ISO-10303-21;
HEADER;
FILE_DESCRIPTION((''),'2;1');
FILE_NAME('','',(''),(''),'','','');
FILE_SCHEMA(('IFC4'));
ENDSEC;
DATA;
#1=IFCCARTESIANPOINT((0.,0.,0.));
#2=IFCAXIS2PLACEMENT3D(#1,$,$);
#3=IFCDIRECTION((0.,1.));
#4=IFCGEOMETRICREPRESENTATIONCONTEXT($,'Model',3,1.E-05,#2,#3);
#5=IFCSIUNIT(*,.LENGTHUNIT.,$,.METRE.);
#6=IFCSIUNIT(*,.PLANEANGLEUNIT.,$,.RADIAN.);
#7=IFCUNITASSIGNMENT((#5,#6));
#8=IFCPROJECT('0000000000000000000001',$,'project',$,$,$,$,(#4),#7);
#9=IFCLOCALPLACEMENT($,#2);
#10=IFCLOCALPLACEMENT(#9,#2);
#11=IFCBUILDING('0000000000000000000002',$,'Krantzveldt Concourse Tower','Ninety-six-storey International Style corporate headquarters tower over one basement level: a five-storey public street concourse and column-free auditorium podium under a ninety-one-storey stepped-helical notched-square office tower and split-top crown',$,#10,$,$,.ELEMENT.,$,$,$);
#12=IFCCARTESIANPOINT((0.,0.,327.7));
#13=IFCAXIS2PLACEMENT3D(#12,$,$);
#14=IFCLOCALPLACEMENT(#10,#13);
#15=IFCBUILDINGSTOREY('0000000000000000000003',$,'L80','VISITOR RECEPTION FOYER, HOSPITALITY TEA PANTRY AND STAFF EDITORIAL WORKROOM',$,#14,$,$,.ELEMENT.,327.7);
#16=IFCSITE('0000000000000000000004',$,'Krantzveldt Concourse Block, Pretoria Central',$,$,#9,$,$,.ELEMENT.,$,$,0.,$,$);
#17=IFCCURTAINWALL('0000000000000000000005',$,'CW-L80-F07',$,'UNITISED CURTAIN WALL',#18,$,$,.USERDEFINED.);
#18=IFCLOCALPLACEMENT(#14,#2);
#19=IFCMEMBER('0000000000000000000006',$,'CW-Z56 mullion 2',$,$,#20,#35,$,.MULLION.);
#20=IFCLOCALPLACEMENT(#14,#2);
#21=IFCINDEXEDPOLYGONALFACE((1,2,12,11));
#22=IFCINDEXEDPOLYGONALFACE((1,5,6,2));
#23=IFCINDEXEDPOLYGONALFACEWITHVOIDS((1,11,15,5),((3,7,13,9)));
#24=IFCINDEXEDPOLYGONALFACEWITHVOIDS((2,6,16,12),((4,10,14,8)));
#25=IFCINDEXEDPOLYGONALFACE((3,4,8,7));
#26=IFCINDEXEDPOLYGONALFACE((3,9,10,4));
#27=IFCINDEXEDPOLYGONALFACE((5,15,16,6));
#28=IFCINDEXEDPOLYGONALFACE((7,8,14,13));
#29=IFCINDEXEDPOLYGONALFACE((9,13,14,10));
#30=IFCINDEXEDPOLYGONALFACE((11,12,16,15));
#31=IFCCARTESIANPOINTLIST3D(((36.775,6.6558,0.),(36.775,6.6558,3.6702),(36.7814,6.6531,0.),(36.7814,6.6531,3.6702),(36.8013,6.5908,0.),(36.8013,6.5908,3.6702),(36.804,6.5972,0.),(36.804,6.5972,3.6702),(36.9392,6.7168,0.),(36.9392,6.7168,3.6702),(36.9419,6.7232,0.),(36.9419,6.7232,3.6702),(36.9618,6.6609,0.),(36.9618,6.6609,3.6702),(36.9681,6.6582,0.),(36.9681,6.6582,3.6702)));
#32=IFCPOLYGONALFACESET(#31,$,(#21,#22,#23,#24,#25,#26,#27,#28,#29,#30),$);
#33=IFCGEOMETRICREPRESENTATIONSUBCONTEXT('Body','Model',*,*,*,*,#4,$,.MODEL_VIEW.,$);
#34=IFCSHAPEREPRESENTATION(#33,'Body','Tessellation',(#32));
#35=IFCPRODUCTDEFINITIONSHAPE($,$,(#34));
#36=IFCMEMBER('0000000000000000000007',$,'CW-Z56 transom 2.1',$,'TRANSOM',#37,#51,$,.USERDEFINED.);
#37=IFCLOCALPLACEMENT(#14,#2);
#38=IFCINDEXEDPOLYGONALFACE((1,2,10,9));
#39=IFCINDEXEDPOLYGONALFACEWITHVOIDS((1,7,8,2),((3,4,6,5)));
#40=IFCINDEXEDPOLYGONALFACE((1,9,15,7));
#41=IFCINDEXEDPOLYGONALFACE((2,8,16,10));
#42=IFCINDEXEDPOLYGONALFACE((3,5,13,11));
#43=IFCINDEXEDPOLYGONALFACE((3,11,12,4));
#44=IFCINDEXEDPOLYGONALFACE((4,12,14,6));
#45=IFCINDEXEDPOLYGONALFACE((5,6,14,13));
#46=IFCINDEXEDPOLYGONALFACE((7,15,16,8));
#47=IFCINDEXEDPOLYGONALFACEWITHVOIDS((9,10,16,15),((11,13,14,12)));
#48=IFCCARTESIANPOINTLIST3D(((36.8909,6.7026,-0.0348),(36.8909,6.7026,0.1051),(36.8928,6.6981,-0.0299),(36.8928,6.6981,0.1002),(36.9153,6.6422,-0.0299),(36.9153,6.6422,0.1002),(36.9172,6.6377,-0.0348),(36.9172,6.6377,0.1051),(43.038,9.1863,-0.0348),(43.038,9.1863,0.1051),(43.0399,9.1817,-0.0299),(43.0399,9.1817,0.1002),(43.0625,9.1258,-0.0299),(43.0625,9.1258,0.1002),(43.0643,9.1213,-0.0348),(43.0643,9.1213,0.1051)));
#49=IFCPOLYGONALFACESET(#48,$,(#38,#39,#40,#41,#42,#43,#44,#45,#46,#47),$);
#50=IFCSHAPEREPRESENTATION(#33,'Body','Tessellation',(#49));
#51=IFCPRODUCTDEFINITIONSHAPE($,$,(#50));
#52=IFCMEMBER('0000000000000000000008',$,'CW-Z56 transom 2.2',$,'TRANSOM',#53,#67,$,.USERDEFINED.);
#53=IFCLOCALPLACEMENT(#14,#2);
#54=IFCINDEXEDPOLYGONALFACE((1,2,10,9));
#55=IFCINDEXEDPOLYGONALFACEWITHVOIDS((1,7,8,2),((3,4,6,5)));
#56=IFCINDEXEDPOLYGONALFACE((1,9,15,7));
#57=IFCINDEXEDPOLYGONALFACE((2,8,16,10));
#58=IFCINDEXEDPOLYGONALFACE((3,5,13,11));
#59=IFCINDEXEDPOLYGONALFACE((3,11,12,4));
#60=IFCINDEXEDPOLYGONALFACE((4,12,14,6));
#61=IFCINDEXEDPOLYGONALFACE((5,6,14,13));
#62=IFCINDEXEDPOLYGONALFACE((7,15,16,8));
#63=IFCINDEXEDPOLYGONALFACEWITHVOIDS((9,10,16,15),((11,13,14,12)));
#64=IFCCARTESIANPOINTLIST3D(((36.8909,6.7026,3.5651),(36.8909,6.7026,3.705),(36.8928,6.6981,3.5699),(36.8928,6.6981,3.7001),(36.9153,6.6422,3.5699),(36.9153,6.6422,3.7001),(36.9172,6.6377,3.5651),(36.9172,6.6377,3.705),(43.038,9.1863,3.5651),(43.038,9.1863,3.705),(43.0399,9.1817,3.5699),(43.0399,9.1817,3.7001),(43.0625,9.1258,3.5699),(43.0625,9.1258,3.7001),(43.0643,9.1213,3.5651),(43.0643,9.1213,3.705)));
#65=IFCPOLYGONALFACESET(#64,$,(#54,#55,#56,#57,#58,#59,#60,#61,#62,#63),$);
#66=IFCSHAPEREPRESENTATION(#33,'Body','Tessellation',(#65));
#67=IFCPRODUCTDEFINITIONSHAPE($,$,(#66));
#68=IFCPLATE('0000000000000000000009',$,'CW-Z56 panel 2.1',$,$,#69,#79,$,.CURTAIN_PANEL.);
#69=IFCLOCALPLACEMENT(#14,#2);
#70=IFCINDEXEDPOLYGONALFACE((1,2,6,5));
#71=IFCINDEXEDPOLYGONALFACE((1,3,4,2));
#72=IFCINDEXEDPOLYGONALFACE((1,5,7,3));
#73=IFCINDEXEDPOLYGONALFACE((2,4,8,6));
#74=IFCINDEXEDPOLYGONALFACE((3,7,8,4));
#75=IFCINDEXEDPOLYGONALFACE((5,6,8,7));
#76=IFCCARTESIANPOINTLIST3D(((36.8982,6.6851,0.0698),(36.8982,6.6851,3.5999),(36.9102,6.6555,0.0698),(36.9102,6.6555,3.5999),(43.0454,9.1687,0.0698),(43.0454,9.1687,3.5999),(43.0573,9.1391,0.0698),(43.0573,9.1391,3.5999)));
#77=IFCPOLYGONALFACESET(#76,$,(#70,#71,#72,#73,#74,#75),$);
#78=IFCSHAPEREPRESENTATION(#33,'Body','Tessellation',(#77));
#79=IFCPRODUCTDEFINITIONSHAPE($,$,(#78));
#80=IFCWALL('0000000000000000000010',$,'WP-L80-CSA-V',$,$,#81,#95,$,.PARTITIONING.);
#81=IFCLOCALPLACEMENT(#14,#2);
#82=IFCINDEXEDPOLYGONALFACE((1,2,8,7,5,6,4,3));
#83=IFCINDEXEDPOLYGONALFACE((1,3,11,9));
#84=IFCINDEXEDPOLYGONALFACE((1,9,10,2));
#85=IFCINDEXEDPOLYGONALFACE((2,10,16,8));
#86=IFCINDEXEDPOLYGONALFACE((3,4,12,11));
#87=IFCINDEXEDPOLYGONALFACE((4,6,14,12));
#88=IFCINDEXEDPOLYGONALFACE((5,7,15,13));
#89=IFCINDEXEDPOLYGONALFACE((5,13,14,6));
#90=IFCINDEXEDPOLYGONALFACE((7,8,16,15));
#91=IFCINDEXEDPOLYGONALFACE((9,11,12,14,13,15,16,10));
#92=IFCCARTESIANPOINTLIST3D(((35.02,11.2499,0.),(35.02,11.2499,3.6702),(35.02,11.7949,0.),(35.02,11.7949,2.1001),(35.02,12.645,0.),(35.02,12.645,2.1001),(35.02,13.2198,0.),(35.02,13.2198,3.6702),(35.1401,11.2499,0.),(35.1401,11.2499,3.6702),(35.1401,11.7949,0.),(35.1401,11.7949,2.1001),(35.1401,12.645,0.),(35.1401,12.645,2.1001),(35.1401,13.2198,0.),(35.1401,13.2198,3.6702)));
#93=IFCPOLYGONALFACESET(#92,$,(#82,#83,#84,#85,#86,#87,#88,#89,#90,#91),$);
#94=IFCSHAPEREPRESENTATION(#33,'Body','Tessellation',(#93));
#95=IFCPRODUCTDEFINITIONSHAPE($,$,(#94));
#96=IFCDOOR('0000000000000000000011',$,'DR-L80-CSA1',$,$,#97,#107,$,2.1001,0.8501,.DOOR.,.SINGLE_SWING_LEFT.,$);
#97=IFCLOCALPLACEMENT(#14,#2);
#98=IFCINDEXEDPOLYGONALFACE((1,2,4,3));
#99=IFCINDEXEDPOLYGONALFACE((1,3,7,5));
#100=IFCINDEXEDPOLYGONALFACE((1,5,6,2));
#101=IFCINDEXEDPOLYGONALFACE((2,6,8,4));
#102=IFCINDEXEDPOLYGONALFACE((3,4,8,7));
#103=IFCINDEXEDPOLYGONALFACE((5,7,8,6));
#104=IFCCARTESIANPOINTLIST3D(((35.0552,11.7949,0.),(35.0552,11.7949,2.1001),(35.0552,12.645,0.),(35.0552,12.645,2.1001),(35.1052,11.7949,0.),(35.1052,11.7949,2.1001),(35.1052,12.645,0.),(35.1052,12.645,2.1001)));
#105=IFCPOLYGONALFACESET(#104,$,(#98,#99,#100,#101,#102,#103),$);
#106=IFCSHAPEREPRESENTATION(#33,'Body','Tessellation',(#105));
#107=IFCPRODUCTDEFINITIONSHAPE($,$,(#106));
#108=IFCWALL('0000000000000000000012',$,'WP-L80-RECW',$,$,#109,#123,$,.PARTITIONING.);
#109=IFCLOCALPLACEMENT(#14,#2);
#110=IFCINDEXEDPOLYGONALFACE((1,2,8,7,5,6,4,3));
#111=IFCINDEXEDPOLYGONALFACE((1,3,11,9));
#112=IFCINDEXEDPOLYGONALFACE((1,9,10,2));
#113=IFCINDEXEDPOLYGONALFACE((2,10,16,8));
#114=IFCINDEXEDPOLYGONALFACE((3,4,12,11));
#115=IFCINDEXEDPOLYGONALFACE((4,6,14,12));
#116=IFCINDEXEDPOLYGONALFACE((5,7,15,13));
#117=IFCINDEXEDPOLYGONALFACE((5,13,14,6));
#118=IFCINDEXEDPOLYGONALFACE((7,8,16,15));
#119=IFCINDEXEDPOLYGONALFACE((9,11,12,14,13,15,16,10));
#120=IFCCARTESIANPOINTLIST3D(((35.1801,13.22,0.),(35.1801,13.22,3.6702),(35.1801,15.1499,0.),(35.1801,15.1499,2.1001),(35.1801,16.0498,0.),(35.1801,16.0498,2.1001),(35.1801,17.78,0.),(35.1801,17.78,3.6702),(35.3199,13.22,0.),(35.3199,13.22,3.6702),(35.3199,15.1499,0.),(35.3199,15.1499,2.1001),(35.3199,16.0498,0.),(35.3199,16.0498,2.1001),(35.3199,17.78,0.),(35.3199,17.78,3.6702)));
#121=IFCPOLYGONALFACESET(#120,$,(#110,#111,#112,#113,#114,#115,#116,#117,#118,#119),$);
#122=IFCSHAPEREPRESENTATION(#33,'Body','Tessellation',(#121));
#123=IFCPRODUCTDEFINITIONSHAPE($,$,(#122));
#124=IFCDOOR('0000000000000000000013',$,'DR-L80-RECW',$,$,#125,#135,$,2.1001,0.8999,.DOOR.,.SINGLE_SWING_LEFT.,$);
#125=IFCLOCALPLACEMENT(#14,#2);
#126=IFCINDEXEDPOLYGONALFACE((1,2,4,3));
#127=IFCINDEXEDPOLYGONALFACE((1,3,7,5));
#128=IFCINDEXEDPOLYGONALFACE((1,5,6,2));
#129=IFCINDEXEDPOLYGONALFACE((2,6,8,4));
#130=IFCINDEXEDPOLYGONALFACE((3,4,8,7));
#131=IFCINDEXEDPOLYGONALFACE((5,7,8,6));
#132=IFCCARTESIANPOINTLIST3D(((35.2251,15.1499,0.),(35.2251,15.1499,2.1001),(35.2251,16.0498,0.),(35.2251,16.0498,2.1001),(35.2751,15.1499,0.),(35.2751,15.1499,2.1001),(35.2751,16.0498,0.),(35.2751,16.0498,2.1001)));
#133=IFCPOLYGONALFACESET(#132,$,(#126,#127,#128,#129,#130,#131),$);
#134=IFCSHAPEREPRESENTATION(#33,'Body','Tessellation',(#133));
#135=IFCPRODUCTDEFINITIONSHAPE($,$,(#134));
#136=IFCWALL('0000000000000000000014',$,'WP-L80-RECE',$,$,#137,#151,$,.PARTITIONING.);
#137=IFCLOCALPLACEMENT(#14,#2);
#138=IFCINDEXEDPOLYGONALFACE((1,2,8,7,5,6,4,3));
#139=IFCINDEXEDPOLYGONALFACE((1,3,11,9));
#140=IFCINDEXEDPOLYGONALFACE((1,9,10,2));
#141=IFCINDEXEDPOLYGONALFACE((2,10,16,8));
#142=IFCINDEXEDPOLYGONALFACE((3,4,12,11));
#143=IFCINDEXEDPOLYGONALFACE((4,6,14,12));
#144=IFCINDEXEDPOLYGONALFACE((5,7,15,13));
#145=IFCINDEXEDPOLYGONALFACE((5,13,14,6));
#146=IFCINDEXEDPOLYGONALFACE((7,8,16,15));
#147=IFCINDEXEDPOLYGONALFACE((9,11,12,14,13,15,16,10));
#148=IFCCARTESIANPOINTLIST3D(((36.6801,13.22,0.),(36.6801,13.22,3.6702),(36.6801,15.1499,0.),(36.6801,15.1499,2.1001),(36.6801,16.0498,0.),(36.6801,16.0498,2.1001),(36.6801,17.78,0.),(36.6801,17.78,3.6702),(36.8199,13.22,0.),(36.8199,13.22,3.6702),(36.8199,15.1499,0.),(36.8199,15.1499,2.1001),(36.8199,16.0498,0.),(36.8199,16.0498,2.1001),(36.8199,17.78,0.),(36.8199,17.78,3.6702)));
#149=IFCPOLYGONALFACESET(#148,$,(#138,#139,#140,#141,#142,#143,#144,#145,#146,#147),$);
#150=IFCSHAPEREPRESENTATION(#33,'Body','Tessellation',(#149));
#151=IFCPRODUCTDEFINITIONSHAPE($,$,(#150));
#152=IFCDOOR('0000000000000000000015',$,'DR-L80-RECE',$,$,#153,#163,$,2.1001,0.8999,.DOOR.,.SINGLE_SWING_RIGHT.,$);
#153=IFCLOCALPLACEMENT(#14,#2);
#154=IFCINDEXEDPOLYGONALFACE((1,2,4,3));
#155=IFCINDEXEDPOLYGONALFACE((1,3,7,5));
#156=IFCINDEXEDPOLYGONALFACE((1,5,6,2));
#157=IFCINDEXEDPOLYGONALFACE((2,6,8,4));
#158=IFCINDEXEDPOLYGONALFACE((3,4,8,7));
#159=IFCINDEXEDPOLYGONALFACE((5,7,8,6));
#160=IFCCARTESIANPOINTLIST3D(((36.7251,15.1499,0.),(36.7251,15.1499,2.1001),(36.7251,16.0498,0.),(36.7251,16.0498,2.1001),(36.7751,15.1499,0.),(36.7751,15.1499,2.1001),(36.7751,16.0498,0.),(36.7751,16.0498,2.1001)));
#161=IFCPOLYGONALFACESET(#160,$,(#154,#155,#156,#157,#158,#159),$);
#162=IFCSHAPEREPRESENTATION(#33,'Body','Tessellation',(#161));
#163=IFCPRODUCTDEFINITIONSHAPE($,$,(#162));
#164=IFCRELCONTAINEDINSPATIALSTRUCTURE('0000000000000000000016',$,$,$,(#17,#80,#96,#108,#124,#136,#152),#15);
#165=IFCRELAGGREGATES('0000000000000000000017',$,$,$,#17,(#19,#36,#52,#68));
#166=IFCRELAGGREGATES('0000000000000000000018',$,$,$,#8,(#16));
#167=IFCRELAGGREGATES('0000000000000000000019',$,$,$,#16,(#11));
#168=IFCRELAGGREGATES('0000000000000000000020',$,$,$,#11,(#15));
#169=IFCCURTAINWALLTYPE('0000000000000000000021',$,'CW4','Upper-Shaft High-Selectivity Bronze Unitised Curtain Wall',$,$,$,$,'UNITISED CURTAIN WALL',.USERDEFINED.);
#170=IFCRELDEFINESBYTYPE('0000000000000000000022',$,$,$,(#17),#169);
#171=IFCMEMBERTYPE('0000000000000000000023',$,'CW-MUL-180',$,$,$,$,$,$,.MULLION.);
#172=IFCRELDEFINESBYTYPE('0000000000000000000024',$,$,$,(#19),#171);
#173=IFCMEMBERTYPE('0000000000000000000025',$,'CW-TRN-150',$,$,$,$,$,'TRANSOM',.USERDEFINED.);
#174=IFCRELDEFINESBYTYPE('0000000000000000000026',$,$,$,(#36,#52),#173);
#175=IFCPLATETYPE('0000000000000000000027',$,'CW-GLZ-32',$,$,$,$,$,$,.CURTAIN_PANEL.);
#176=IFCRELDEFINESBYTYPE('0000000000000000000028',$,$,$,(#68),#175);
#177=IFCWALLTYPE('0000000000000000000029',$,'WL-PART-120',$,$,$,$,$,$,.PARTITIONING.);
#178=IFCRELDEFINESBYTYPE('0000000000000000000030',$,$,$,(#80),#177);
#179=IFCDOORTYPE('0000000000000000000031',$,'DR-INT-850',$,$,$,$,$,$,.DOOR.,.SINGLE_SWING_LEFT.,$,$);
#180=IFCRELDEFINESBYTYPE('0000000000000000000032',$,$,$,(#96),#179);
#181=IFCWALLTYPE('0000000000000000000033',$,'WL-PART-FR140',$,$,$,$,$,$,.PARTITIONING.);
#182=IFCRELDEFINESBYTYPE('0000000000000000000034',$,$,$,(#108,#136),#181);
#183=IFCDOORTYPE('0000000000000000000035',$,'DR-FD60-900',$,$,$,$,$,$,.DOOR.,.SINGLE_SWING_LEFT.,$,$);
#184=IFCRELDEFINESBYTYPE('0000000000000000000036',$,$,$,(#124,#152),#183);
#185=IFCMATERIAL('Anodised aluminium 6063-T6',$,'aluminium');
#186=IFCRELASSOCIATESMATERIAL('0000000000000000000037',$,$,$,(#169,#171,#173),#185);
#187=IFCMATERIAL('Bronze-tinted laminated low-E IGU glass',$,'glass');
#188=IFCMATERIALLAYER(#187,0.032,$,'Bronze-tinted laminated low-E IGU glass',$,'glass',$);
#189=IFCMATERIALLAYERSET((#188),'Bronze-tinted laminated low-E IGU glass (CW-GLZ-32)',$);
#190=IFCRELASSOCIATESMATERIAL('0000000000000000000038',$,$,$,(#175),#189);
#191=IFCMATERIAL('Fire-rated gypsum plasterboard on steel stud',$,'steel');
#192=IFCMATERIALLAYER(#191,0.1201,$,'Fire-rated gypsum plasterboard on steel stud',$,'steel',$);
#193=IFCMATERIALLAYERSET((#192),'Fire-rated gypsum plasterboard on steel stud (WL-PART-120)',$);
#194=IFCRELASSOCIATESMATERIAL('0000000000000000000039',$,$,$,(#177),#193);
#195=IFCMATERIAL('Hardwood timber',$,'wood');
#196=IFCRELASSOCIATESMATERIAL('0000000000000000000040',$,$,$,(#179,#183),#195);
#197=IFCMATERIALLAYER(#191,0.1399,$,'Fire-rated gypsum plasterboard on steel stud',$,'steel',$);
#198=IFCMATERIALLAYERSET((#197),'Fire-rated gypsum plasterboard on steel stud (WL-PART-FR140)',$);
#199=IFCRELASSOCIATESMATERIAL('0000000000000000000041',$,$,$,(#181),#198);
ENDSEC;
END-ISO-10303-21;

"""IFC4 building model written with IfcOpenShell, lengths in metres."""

from ifc_helpers import new_model, si_unit, direction, frame, frame_2d, origin, origin_2d, place, context, subcontext, project, spatial, rectangle, hollow_rectangle, extrude, source, transform, mapped, material, layer, layer_set, material_profile, profile_set, type_object, type_shapes, element, fill, aggregate, save


model = new_model("IFC4")

# Units and contexts
model_context = context("Model", 3, precision=1e-05, world=origin(), true_north=direction((0.0, 1.0)))
body_context = subcontext(model_context, "Body", "Model", "MODEL_VIEW")
ifc_project = project(units=[si_unit("LENGTHUNIT", "METRE"), si_unit("PLANEANGLEUNIT", "RADIAN")], contexts=[model_context])

# Site, building, storey
site_placement = place(None, origin())
site = spatial("IfcSite", under=ifc_project, at=site_placement, Name="Krantzveldt Concourse Block, Pretoria Central", CompositionType="ELEMENT", RefElevation=0.0)
building_placement = place(site_placement, origin())
building = spatial("IfcBuilding", under=site, at=building_placement, Name="Krantzveldt Concourse Tower", Description="Ninety-six-storey International Style corporate headquarters tower over one basement level: a five-storey public street concourse and column-free auditorium podium under a ninety-one-storey stepped-helical notched-square office tower and split-top crown", CompositionType="ELEMENT")
storey_placement = place(building_placement, frame((0.0, 0.0, 327.7)))
storey = spatial("IfcBuildingStorey", under=building, at=storey_placement, Name="L80", Description="VISITOR RECEPTION FOYER, HOSPITALITY TEA PANTRY AND STAFF EDITORIAL WORKROOM", CompositionType="ELEMENT", Elevation=327.7)

# Curtain wall, members, plate
ifc_material_1 = material(Name="Anodised aluminium 6063-T6", Category="aluminium")
curtain_wall_type = type_object("IfcCurtainWallType", Name="CW4", Description="Upper-Shaft High-Selectivity Bronze Unitised Curtain Wall", ElementType="UNITISED CURTAIN WALL", PredefinedType="USERDEFINED", material=ifc_material_1)
curtain_wall_placement = place(storey_placement, origin())
curtain_wall = element("IfcCurtainWall", 1, at=curtain_wall_placement, inside=storey, type_object=curtain_wall_type, Name="CW-L80-F07", ObjectType="UNITISED CURTAIN WALL", PredefinedType="USERDEFINED")
ifc_material_profile_1 = material_profile(ifc_material_1, hollow_rectangle(XDim=0.0701, YDim=0.1799, WallThickness=0.0049, at=origin_2d()), Name="Anodised aluminium 6063-T6", Category="aluminium")
ifc_profile_set_1 = profile_set([ifc_material_profile_1], Name="Anodised aluminium 6063-T6 - ALU-MULL 180x70x5")
member_type_1 = type_object("IfcMemberType", Name="CW-MUL-180", PredefinedType="MULLION", material=ifc_profile_set_1)
shared_shape_1 = source(origin(), body_context, "Body", "SweptSolid", [
    extrude(hollow_rectangle(XDim=0.0701, YDim=0.1799, WallThickness=0.0049, at=origin_2d()), origin(), (0.0, 0.0, 1.0), 3.6702),
])
type_shapes(member_type_1, [shared_shape_1])
member_1_placement = place(storey_placement, frame((36.8716, 6.657, 0.0), z_axis=(0.0, 0.0, 1.0), x_axis=(-0.374607, 0.927184, 0.0)))
member_1 = element("IfcMember", 2, at=member_1_placement, type_object=member_type_1, Name="CW-Z56 mullion 2", PredefinedType="MULLION", context=body_context, shape_type="MappedRepresentation", body=[
    mapped(shared_shape_1, transform((0.0, 0.0, 0.0), x_axis=(1.0, 0.0, 0.0), y_axis=(0.0, 1.0, 0.0), z_axis=(0.0, 0.0, 1.0), scale=1.0)),
])
ifc_material_profile_2 = material_profile(ifc_material_1, hollow_rectangle(XDim=0.0701, YDim=0.1399, WallThickness=0.0049, at=origin_2d()), Name="Anodised aluminium 6063-T6", Category="aluminium")
ifc_profile_set_2 = profile_set([ifc_material_profile_2], Name="Anodised aluminium 6063-T6 - ALU-TRAN 140x70x5")
member_type_2 = type_object("IfcMemberType", Name="CW-TRN-150", ElementType="TRANSOM", PredefinedType="USERDEFINED", material=ifc_profile_set_2)
shared_shape_2 = source(origin(), body_context, "Body", "SweptSolid", [
    extrude(hollow_rectangle(XDim=0.0701, YDim=0.1399, WallThickness=0.0049, at=origin_2d()), origin(), (0.0, 0.0, 1.0), 6.6299),
])
type_shapes(member_type_2, [shared_shape_2])
member_2_placement = place(storey_placement, frame((36.9041, 6.6702, 0.0352), z_axis=(0.927184, 0.374607, 0.0), x_axis=(-0.374607, 0.927184, 0.0)))
member_2 = element("IfcMember", 3, at=member_2_placement, type_object=member_type_2, Name="CW-Z56 transom 2.1", ObjectType="TRANSOM", PredefinedType="USERDEFINED", context=body_context, shape_type="MappedRepresentation", body=[
    mapped(shared_shape_2, transform((0.0, 0.0, 0.0), x_axis=(1.0, 0.0, 0.0), y_axis=(0.0, 1.0, 0.0), z_axis=(0.0, 0.0, 1.0), scale=1.0)),
])
member_3_placement = place(storey_placement, frame((36.9041, 6.6702, 3.635), z_axis=(0.927184, 0.374607, 0.0), x_axis=(-0.374607, 0.927184, 0.0)))
member_3 = element("IfcMember", 4, at=member_3_placement, type_object=member_type_2, Name="CW-Z56 transom 2.2", ObjectType="TRANSOM", PredefinedType="USERDEFINED", context=body_context, shape_type="MappedRepresentation", body=[
    mapped(shared_shape_2, transform((0.0, 0.0, 0.0), x_axis=(1.0, 0.0, 0.0), y_axis=(0.0, 1.0, 0.0), z_axis=(0.0, 0.0, 1.0), scale=1.0)),
])
ifc_material_2 = material(Name="Bronze-tinted laminated low-E IGU glass", Category="glass")
ifc_layer_1 = layer(ifc_material_2, 0.032, Name="Bronze-tinted laminated low-E IGU glass", Category="glass")
ifc_layer_set_1 = layer_set([ifc_layer_1], Name="Bronze-tinted laminated low-E IGU glass (CW-GLZ-32)")
plate_type = type_object("IfcPlateType", Name="CW-GLZ-32", PredefinedType="CURTAIN_PANEL", material=ifc_layer_set_1)
shared_shape_3 = source(origin(), body_context, "Body", "SweptSolid", [
    extrude(rectangle(XDim=6.6299, YDim=0.032, at=origin_2d()), origin(), (0.0, 0.0, 1.0), 3.53),
])
type_shapes(plate_type, [shared_shape_3])
plate_placement = place(storey_placement, frame((39.9778, 7.9121, 0.0698), z_axis=(0.0, 0.0, 1.0), x_axis=(0.927184, 0.374607, 0.0)))
plate = element("IfcPlate", 5, at=plate_placement, type_object=plate_type, Name="CW-Z56 panel 2.1", PredefinedType="CURTAIN_PANEL", context=body_context, shape_type="MappedRepresentation", body=[
    mapped(shared_shape_3, transform((0.0, 0.0, 0.0), x_axis=(1.0, 0.0, 0.0), y_axis=(0.0, 1.0, 0.0), z_axis=(0.0, 0.0, 1.0), scale=1.0)),
])
aggregate(curtain_wall, [member_1, member_2, member_3, plate])

# Wall, opening, door
ifc_material_3 = material(Name="Fire-rated gypsum plasterboard on steel stud", Category="steel")
ifc_layer_2 = layer(ifc_material_3, 0.1201, Name="Fire-rated gypsum plasterboard on steel stud", Category="steel")
ifc_layer_set_2 = layer_set([ifc_layer_2], Name="Fire-rated gypsum plasterboard on steel stud (WL-PART-120)")
wall_type_1 = type_object("IfcWallType", Name="WL-PART-120", PredefinedType="PARTITIONING", material=ifc_layer_set_2)
wall_1_placement = place(storey_placement, frame((35.0801, 11.25, 0.0), z_axis=(0.0, 0.0, 1.0), x_axis=(0.0, 1.0, 0.0)))
wall_1 = element("IfcWall", 6, at=wall_1_placement, inside=storey, type_object=wall_type_1, Name="WP-L80-CSA-V", PredefinedType="PARTITIONING", context=body_context, shape_type="SweptSolid", body=[
    extrude(rectangle(XDim=1.97, YDim=0.1201, at=frame_2d((0.9849, 0.0))), origin(), (0.0, 0.0, 1.0), 3.6702),
])
opening_1_placement = place(wall_1_placement, frame((0.5449, 0.0, 0.0)))
opening_1 = element("IfcOpeningElement", 7, at=opening_1_placement, cuts=wall_1, PredefinedType="OPENING", context=body_context, shape_type="SweptSolid", body=[
    extrude(rectangle(XDim=0.8501, YDim=2.1001, at=frame_2d((0.425, 1.05))), frame((0.0, 0.0701, 0.0), z_axis=(0.0, -1.0, 0.0), x_axis=(1.0, 0.0, 0.0)), (0.0, 0.0, 1.0), 0.1401),
])
ifc_material_4 = material(Name="Hardwood timber", Category="wood")
door_type_1 = type_object("IfcDoorType", Name="DR-INT-850", OperationType="SINGLE_SWING_LEFT", PredefinedType="DOOR", material=ifc_material_4)
door_1_placement = place(opening_1_placement, origin())
door_1 = element("IfcDoor", 8, at=door_1_placement, inside=storey, type_object=door_type_1, Name="DR-L80-CSA1", OperationType="SINGLE_SWING_LEFT", OverallHeight=2.1001, OverallWidth=0.8501, PredefinedType="DOOR", context=body_context, shape_type="SweptSolid", body=[
    extrude(rectangle(XDim=0.8501, YDim=2.1001, at=frame_2d((0.425, 1.05))), frame((0.0, 0.0249, 0.0), z_axis=(0.0, -1.0, 0.0), x_axis=(1.0, 0.0, 0.0)), (0.0, 0.0, 1.0), 0.05),
])
fill(opening_1, door_1)

# Walls, openings, doors
ifc_layer_3 = layer(ifc_material_3, 0.1399, Name="Fire-rated gypsum plasterboard on steel stud", Category="steel")
ifc_layer_set_3 = layer_set([ifc_layer_3], Name="Fire-rated gypsum plasterboard on steel stud (WL-PART-FR140)")
wall_type_2 = type_object("IfcWallType", Name="WL-PART-FR140", PredefinedType="PARTITIONING", material=ifc_layer_set_3)
wall_2_placement = place(storey_placement, frame((35.25, 13.22, 0.0), z_axis=(0.0, 0.0, 1.0), x_axis=(0.0, 1.0, 0.0)))
wall_2 = element("IfcWall", 9, at=wall_2_placement, inside=storey, type_object=wall_type_2, Name="WP-L80-RECW", PredefinedType="PARTITIONING", context=body_context, shape_type="SweptSolid", body=[
    extrude(rectangle(XDim=4.5601, YDim=0.1399, at=frame_2d((2.28, 0.0))), origin(), (0.0, 0.0, 1.0), 3.6702),
])
opening_2_placement = place(wall_2_placement, frame((1.9299, 0.0, 0.0)))
opening_2 = element("IfcOpeningElement", 10, at=opening_2_placement, cuts=wall_2, PredefinedType="OPENING", context=body_context, shape_type="SweptSolid", body=[
    extrude(rectangle(XDim=0.8999, YDim=2.1001, at=frame_2d((0.45, 1.05))), frame((0.0, 0.0801, 0.0), z_axis=(0.0, -1.0, 0.0), x_axis=(1.0, 0.0, 0.0)), (0.0, 0.0, 1.0), 0.1599),
])
door_type_2 = type_object("IfcDoorType", Name="DR-FD60-900", OperationType="SINGLE_SWING_LEFT", PredefinedType="DOOR", material=ifc_material_4)
door_2_placement = place(opening_2_placement, origin())
door_2 = element("IfcDoor", 11, at=door_2_placement, inside=storey, type_object=door_type_2, Name="DR-L80-RECW", OperationType="SINGLE_SWING_LEFT", OverallHeight=2.1001, OverallWidth=0.8999, PredefinedType="DOOR", context=body_context, shape_type="SweptSolid", body=[
    extrude(rectangle(XDim=0.8999, YDim=2.1001, at=frame_2d((0.45, 1.05))), frame((0.0, 0.0249, 0.0), z_axis=(0.0, -1.0, 0.0), x_axis=(1.0, 0.0, 0.0)), (0.0, 0.0, 1.0), 0.05),
])
fill(opening_2, door_2)
wall_3_placement = place(storey_placement, frame((36.75, 13.22, 0.0), z_axis=(0.0, 0.0, 1.0), x_axis=(0.0, 1.0, 0.0)))
wall_3 = element("IfcWall", 12, at=wall_3_placement, inside=storey, type_object=wall_type_2, Name="WP-L80-RECE", PredefinedType="PARTITIONING", context=body_context, shape_type="SweptSolid", body=[
    extrude(rectangle(XDim=4.5601, YDim=0.1399, at=frame_2d((2.28, 0.0))), origin(), (0.0, 0.0, 1.0), 3.6702),
])
opening_3_placement = place(wall_3_placement, frame((1.9299, 0.0, 0.0)))
opening_3 = element("IfcOpeningElement", 13, at=opening_3_placement, cuts=wall_3, PredefinedType="OPENING", context=body_context, shape_type="SweptSolid", body=[
    extrude(rectangle(XDim=0.8999, YDim=2.1001, at=frame_2d((0.45, 1.05))), frame((0.0, 0.0801, 0.0), z_axis=(0.0, -1.0, 0.0), x_axis=(1.0, 0.0, 0.0)), (0.0, 0.0, 1.0), 0.1599),
])
door_3_placement = place(opening_3_placement, origin())
door_3 = element("IfcDoor", 14, at=door_3_placement, inside=storey, type_object=door_type_2, Name="DR-L80-RECE", OperationType="SINGLE_SWING_RIGHT", OverallHeight=2.1001, OverallWidth=0.8999, PredefinedType="DOOR", context=body_context, shape_type="SweptSolid", body=[
    extrude(rectangle(XDim=0.8999, YDim=2.1001, at=frame_2d((0.45, 1.05))), frame((0.0, 0.0249, 0.0), z_axis=(0.0, -1.0, 0.0), x_axis=(1.0, 0.0, 0.0)), (0.0, 0.0, 1.0), 0.05),
])
fill(opening_3, door_3)

save(model, "model.ifc")
